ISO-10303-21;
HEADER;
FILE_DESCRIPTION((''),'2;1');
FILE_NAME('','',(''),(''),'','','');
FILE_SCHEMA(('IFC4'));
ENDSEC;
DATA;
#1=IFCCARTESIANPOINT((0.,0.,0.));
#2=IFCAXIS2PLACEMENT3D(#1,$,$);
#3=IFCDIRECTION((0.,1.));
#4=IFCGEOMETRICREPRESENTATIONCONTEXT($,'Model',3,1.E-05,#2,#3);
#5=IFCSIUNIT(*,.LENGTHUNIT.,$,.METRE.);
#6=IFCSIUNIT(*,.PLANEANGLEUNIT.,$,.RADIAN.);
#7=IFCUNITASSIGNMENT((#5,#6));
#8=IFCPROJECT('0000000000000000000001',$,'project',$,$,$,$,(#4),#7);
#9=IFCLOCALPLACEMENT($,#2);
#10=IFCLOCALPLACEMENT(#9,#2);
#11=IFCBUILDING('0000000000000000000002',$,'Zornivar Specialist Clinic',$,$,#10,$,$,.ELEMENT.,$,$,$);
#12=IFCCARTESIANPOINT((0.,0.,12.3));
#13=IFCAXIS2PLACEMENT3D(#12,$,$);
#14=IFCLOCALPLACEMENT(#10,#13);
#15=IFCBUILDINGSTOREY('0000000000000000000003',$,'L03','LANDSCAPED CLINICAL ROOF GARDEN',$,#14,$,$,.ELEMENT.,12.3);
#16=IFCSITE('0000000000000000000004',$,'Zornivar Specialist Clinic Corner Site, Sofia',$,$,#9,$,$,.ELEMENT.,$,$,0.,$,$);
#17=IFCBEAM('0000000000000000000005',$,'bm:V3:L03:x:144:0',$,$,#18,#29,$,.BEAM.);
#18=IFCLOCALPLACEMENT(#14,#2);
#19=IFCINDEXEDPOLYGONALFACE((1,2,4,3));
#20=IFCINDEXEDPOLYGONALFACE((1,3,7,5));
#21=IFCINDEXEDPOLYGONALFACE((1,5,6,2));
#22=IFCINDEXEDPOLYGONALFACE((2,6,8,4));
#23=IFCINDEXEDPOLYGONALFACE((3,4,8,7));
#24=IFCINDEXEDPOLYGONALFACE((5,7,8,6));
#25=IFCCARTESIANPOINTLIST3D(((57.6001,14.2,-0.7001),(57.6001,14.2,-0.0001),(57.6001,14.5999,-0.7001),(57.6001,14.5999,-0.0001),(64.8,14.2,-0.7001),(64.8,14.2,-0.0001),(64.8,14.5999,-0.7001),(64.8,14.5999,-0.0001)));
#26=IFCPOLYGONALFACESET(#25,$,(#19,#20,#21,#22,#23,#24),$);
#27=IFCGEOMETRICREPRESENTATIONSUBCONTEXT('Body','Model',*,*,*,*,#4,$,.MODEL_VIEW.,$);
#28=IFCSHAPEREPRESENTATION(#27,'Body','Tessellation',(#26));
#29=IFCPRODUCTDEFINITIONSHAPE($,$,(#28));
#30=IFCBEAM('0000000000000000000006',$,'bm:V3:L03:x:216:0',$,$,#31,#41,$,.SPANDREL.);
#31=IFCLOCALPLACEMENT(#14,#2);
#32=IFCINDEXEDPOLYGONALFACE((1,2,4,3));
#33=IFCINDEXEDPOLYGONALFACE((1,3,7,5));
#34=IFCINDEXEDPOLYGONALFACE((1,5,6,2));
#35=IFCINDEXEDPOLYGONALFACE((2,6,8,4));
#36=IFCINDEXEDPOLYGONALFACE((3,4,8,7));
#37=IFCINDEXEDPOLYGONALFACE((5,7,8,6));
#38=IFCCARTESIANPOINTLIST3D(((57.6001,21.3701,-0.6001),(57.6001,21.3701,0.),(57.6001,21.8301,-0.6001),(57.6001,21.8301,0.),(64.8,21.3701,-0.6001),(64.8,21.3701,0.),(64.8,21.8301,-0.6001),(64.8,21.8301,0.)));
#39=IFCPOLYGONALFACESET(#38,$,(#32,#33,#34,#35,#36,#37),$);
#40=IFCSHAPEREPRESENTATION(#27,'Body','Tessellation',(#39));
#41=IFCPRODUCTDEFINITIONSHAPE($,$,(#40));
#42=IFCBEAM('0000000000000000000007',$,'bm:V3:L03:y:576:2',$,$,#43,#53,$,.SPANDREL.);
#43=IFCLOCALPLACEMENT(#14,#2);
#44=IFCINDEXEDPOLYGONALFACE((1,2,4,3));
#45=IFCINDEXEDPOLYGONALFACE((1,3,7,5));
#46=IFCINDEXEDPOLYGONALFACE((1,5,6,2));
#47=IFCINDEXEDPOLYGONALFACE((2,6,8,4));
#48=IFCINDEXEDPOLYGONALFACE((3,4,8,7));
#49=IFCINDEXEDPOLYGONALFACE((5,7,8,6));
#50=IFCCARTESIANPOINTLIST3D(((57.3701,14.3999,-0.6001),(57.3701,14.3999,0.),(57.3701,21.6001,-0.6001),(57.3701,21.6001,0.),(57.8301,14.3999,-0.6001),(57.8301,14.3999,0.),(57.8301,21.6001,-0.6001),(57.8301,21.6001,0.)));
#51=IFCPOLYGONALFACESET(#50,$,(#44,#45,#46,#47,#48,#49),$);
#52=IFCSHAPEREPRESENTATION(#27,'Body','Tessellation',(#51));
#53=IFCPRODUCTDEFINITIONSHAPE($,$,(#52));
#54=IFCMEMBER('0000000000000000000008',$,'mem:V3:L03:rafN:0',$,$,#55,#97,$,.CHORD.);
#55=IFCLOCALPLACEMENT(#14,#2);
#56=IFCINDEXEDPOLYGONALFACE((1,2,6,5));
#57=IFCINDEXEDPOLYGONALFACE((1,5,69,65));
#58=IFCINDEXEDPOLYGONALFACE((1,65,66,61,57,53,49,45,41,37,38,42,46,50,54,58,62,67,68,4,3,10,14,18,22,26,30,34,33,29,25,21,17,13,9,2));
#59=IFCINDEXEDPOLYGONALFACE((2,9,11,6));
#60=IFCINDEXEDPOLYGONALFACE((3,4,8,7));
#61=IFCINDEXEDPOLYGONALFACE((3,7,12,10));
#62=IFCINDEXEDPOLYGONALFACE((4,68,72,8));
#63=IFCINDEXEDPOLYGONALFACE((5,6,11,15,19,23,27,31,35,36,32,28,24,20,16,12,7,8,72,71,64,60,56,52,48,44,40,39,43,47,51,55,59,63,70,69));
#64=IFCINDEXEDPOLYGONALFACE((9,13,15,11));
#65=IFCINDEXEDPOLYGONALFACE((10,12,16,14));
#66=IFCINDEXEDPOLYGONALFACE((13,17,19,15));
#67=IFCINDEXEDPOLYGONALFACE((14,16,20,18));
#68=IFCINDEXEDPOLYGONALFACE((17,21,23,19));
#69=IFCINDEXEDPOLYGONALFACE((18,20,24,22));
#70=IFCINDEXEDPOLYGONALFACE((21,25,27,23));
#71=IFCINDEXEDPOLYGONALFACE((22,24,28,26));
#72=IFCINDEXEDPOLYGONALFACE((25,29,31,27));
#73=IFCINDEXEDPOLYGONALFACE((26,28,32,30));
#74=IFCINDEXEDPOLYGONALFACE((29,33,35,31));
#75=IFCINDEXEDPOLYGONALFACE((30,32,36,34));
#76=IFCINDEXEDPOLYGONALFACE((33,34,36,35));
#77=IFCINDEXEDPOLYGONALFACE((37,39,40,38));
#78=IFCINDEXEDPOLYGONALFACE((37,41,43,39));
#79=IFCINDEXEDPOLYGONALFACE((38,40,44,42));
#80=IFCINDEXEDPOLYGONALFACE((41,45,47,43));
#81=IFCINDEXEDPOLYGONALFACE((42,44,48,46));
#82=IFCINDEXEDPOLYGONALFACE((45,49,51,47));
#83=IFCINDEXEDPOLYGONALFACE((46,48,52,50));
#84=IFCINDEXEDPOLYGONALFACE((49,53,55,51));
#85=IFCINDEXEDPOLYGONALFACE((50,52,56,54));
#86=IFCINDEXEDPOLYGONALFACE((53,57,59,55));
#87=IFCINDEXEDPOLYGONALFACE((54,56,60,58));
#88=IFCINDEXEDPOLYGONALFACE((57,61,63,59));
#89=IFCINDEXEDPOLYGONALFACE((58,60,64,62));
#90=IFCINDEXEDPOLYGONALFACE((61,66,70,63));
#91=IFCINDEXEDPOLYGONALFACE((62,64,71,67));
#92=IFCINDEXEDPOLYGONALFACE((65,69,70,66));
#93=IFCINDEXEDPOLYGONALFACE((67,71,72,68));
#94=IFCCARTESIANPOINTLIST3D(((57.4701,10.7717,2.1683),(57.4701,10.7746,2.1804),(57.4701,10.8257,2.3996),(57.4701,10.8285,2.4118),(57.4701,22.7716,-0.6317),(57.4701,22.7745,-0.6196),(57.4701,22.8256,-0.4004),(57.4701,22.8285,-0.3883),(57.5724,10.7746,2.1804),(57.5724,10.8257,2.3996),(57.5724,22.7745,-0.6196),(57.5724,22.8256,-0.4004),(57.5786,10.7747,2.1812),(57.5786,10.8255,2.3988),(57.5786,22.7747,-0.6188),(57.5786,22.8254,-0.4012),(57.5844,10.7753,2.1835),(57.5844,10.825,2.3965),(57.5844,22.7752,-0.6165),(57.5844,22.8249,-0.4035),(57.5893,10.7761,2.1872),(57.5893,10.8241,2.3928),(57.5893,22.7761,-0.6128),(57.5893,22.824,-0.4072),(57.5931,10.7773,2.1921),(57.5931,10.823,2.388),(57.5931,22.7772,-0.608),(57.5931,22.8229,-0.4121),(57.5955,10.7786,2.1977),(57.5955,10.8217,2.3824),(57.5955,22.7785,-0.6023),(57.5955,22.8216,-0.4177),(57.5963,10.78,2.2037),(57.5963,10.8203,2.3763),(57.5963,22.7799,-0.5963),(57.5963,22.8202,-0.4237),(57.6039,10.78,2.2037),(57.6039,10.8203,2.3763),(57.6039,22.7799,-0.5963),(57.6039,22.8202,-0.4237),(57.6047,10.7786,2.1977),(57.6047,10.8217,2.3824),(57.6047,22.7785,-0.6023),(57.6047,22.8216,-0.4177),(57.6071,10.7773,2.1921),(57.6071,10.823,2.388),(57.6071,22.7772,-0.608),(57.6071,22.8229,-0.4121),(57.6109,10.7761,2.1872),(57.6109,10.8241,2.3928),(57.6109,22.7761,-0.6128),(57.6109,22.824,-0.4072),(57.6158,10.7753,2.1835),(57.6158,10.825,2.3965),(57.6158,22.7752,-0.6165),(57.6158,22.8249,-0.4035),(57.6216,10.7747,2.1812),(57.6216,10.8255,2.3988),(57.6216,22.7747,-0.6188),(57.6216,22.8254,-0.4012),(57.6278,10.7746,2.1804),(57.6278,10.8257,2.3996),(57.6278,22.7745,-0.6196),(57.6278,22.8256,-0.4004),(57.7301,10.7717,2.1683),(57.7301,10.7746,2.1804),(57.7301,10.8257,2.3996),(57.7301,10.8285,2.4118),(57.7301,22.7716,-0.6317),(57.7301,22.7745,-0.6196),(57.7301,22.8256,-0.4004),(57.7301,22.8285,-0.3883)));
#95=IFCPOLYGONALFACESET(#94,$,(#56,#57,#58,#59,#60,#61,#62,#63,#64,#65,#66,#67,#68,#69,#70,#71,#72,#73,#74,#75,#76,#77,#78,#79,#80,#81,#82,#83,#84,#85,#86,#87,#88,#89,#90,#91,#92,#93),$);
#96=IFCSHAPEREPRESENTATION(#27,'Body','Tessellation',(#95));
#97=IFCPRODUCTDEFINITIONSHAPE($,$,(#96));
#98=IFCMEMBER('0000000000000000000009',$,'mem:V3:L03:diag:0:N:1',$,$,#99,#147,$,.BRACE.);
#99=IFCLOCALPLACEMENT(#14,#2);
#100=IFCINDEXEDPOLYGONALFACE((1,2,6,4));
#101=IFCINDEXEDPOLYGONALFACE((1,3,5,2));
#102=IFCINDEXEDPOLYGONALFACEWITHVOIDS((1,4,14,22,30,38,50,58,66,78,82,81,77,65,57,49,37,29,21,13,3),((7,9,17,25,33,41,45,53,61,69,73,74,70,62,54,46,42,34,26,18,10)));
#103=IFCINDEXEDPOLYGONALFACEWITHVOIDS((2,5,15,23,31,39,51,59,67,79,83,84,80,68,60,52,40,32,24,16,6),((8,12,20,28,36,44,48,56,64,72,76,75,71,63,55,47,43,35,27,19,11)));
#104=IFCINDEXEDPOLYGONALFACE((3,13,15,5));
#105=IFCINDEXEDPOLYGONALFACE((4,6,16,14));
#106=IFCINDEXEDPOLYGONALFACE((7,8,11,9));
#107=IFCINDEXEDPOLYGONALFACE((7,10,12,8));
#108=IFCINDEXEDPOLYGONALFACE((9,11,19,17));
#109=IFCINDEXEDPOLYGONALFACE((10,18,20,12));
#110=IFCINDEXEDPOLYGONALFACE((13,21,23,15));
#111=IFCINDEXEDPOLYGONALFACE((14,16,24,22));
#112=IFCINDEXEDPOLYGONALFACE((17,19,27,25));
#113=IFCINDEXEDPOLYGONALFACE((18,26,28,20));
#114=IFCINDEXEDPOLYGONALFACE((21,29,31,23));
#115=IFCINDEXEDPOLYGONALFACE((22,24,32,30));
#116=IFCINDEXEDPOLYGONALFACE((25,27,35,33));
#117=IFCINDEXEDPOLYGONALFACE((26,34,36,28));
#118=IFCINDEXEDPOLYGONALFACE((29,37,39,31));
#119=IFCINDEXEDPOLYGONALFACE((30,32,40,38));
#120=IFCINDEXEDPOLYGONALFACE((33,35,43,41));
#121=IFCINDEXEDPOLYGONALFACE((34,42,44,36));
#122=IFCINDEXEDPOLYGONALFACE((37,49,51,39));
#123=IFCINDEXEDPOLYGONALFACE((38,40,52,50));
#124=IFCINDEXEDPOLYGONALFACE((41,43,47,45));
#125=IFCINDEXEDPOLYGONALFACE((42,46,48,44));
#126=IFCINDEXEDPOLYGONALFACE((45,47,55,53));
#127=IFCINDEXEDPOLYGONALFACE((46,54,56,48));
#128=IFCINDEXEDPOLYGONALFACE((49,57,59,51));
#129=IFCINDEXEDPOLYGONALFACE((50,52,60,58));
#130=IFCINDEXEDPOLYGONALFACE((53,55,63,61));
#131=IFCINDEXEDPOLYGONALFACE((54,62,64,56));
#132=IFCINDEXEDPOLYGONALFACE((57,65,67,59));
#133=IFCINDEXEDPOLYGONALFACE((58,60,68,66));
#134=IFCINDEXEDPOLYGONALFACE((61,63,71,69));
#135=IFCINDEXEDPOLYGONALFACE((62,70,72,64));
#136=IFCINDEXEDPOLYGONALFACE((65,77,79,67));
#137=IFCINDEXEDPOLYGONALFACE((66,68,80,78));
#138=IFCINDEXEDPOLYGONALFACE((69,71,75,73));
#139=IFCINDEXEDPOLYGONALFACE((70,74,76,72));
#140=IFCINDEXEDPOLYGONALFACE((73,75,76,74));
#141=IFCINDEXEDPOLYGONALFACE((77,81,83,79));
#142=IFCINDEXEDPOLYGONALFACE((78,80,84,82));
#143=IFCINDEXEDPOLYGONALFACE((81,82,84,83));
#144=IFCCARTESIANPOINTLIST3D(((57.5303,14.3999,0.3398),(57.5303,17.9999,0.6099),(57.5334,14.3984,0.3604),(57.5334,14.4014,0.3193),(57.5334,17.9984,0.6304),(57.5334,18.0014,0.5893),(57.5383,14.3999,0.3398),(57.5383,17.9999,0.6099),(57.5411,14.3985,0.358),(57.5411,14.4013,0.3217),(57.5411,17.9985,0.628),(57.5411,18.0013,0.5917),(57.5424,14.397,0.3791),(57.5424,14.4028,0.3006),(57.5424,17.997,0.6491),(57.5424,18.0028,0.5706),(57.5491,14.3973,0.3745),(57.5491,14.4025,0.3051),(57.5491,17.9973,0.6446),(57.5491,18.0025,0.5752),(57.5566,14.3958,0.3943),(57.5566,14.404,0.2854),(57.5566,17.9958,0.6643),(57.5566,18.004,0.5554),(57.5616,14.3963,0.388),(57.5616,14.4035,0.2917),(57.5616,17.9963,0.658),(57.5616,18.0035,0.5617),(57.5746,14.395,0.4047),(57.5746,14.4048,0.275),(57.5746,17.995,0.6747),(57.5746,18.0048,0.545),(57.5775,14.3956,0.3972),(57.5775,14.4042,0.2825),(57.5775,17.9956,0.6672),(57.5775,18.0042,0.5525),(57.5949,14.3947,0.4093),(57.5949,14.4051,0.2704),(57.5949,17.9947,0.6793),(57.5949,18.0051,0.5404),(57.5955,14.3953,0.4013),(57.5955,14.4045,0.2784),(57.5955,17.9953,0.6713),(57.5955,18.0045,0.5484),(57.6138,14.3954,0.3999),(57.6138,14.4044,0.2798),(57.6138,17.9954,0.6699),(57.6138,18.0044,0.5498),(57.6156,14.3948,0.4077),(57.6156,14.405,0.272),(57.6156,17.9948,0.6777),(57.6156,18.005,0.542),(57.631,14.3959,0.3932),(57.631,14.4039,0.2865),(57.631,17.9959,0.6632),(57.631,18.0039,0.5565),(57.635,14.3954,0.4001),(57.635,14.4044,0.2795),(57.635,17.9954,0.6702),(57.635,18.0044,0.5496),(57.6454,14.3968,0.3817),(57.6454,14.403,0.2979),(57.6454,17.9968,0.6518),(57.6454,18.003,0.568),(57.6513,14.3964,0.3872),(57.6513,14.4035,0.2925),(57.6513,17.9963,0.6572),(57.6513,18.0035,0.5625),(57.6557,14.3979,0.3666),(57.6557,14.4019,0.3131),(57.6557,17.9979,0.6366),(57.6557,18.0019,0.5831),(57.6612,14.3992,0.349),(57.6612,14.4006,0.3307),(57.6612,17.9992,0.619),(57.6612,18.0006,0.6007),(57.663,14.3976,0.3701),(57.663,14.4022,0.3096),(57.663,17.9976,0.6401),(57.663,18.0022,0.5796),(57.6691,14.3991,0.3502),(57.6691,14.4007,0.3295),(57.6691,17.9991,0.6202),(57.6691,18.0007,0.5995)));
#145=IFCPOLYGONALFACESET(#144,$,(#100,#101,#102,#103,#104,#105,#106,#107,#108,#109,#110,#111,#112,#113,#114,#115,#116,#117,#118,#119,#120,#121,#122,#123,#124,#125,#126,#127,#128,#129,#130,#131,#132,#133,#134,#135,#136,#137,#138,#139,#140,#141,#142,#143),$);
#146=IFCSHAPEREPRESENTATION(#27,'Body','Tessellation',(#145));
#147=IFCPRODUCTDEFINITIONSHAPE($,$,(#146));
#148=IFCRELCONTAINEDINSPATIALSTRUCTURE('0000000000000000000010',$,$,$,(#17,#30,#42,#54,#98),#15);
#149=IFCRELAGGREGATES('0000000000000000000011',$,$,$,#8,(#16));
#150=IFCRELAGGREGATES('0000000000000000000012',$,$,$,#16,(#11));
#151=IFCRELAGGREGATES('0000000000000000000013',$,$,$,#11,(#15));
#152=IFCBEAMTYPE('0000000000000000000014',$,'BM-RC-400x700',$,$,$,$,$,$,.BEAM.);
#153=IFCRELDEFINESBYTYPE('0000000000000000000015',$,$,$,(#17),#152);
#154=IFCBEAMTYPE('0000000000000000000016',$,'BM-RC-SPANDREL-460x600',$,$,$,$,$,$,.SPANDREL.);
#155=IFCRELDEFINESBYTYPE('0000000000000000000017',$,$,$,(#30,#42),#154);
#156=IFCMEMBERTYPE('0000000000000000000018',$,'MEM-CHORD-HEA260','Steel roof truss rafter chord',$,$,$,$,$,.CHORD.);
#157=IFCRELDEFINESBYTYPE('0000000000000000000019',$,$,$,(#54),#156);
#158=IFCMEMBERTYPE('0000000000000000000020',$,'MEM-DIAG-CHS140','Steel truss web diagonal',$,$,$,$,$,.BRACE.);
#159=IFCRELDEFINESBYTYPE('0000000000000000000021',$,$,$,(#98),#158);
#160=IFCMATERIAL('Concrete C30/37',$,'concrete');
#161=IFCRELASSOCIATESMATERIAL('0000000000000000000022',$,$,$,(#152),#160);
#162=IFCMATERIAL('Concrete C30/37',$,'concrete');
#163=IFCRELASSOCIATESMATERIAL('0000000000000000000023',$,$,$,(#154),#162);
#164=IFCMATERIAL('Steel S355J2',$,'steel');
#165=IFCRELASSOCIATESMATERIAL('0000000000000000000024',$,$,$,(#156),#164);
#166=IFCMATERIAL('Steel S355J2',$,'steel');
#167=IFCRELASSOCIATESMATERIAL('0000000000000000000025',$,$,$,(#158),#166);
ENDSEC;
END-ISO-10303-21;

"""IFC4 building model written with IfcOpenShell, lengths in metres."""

from ifc_helpers import new_model, si_unit, direction, frame, origin, origin_2d, place, context, subcontext, project, spatial, rectangle, hollow_circle, i_section, extrude, material, material_profile, profile_set, type_object, element, save


model = new_model("IFC4")

# Units and contexts
model_context = context("Model", 3, precision=1e-05, world=origin(), true_north=direction((0.0, 1.0)))
body_context = subcontext(model_context, "Body", "Model", "MODEL_VIEW")
ifc_project = project(units=[si_unit("LENGTHUNIT", "METRE"), si_unit("PLANEANGLEUNIT", "RADIAN")], contexts=[model_context])

# Site, building, storey
site_placement = place(None, origin())
site = spatial("IfcSite", under=ifc_project, at=site_placement, Name="Zornivar Specialist Clinic Corner Site, Sofia", CompositionType="ELEMENT", RefElevation=0.0)
building_placement = place(site_placement, origin())
building = spatial("IfcBuilding", under=site, at=building_placement, Name="Zornivar Specialist Clinic", CompositionType="ELEMENT")
storey_placement = place(building_placement, frame((0.0, 0.0, 12.3)))
storey = spatial("IfcBuildingStorey", under=building, at=storey_placement, Name="L03", Description="LANDSCAPED CLINICAL ROOF GARDEN", CompositionType="ELEMENT", Elevation=12.3)

# Beams
ifc_material_1 = material(Name="Concrete C30/37", Category="concrete")
ifc_material_profile_1 = material_profile(ifc_material_1, rectangle(XDim=0.3999, YDim=0.7, at=origin_2d()), Name="RC 400x700")
ifc_profile_set_1 = profile_set([ifc_material_profile_1], Name="Concrete C30/37")
beam_type_1 = type_object("IfcBeamType", Name="BM-RC-400x700", PredefinedType="BEAM", material=ifc_profile_set_1)
beam_1_placement = place(storey_placement, frame((57.6001, 14.3999, -0.3501), z_axis=(1.0, 0.0, 0.0), x_axis=(0.0, 1.0, 0.0)))
element("IfcBeam", 1, at=beam_1_placement, inside=storey, type_object=beam_type_1, Name="bm:V3:L03:x:144:0", PredefinedType="BEAM", context=body_context, shape_type="SweptSolid", body=[
    extrude(rectangle(XDim=0.3999, YDim=0.7, at=origin_2d()), origin(), (0.0, 0.0, 1.0), 7.2),
])
ifc_material_2 = material(Name="Concrete C30/37", Category="concrete")
ifc_material_profile_2 = material_profile(ifc_material_2, rectangle(XDim=0.46, YDim=0.6001, at=origin_2d()), Name="RC 460x600")
ifc_profile_set_2 = profile_set([ifc_material_profile_2], Name="Concrete C30/37")
beam_type_2 = type_object("IfcBeamType", Name="BM-RC-SPANDREL-460x600", PredefinedType="SPANDREL", material=ifc_profile_set_2)
beam_2_placement = place(storey_placement, frame((57.6001, 21.6001, -0.3), z_axis=(1.0, 0.0, 0.0), x_axis=(0.0, 1.0, 0.0)))
element("IfcBeam", 2, at=beam_2_placement, inside=storey, type_object=beam_type_2, Name="bm:V3:L03:x:216:0", PredefinedType="SPANDREL", context=body_context, shape_type="SweptSolid", body=[
    extrude(rectangle(XDim=0.46, YDim=0.6001, at=origin_2d()), origin(), (0.0, 0.0, 1.0), 7.2),
])
beam_3_placement = place(storey_placement, frame((57.6001, 14.3999, -0.3), z_axis=(0.0, 1.0, 0.0), x_axis=(-1.0, 0.0, 0.0)))
element("IfcBeam", 3, at=beam_3_placement, inside=storey, type_object=beam_type_2, Name="bm:V3:L03:y:576:2", PredefinedType="SPANDREL", context=body_context, shape_type="SweptSolid", body=[
    extrude(rectangle(XDim=0.46, YDim=0.6001, at=origin_2d()), origin(), (0.0, 0.0, 1.0), 7.2002),
])

# Members
ifc_material_3 = material(Name="Steel S355J2", Category="steel")
ifc_material_profile_3 = material_profile(ifc_material_3, i_section(OverallWidth=0.26, OverallDepth=0.25, WebThickness=0.0076, FlangeThickness=0.0125, FilletRadius=0.0239, at=origin_2d()), Name="HEA 260")
ifc_profile_set_3 = profile_set([ifc_material_profile_3], Name="Steel S355J2")
member_type_1 = type_object("IfcMemberType", Name="MEM-CHORD-HEA260", Description="Steel roof truss rafter chord", PredefinedType="CHORD", material=ifc_profile_set_3)
member_1_placement = place(storey_placement, frame((57.6001, 22.8, -0.51), z_axis=(0.0, -0.97384, 0.227233), x_axis=(1.0, 0.0, 0.0)))
element("IfcMember", 4, at=member_1_placement, inside=storey, type_object=member_type_1, Name="mem:V3:L03:rafN:0", PredefinedType="CHORD", context=body_context, shape_type="SweptSolid", body=[
    extrude(i_section(OverallWidth=0.26, OverallDepth=0.25, WebThickness=0.0076, FlangeThickness=0.0125, FilletRadius=0.0239, at=origin_2d()), origin(), (0.0, 0.0, 1.0), 12.3223),
])
ifc_material_4 = material(Name="Steel S355J2", Category="steel")
ifc_material_profile_4 = material_profile(ifc_material_4, hollow_circle(Radius=0.0698, WallThickness=0.0081, at=origin_2d()), Name="CHS 139.7x8")
ifc_profile_set_4 = profile_set([ifc_material_profile_4], Name="Steel S355J2")
member_type_2 = type_object("IfcMemberType", Name="MEM-DIAG-CHS140", Description="Steel truss web diagonal", PredefinedType="BRACE", material=ifc_profile_set_4)
member_2_placement = place(storey_placement, frame((57.6001, 14.3999, 0.3398), z_axis=(0.0, 0.997199, 0.074793), x_axis=(-1.0, 0.0, 0.0)))
element("IfcMember", 5, at=member_2_placement, inside=storey, type_object=member_type_2, Name="mem:V3:L03:diag:0:N:1", PredefinedType="BRACE", context=body_context, shape_type="SweptSolid", body=[
    extrude(hollow_circle(Radius=0.0698, WallThickness=0.0081, at=origin_2d()), origin(), (0.0, 0.0, 1.0), 3.6101),
])

save(model, "model.ifc")
